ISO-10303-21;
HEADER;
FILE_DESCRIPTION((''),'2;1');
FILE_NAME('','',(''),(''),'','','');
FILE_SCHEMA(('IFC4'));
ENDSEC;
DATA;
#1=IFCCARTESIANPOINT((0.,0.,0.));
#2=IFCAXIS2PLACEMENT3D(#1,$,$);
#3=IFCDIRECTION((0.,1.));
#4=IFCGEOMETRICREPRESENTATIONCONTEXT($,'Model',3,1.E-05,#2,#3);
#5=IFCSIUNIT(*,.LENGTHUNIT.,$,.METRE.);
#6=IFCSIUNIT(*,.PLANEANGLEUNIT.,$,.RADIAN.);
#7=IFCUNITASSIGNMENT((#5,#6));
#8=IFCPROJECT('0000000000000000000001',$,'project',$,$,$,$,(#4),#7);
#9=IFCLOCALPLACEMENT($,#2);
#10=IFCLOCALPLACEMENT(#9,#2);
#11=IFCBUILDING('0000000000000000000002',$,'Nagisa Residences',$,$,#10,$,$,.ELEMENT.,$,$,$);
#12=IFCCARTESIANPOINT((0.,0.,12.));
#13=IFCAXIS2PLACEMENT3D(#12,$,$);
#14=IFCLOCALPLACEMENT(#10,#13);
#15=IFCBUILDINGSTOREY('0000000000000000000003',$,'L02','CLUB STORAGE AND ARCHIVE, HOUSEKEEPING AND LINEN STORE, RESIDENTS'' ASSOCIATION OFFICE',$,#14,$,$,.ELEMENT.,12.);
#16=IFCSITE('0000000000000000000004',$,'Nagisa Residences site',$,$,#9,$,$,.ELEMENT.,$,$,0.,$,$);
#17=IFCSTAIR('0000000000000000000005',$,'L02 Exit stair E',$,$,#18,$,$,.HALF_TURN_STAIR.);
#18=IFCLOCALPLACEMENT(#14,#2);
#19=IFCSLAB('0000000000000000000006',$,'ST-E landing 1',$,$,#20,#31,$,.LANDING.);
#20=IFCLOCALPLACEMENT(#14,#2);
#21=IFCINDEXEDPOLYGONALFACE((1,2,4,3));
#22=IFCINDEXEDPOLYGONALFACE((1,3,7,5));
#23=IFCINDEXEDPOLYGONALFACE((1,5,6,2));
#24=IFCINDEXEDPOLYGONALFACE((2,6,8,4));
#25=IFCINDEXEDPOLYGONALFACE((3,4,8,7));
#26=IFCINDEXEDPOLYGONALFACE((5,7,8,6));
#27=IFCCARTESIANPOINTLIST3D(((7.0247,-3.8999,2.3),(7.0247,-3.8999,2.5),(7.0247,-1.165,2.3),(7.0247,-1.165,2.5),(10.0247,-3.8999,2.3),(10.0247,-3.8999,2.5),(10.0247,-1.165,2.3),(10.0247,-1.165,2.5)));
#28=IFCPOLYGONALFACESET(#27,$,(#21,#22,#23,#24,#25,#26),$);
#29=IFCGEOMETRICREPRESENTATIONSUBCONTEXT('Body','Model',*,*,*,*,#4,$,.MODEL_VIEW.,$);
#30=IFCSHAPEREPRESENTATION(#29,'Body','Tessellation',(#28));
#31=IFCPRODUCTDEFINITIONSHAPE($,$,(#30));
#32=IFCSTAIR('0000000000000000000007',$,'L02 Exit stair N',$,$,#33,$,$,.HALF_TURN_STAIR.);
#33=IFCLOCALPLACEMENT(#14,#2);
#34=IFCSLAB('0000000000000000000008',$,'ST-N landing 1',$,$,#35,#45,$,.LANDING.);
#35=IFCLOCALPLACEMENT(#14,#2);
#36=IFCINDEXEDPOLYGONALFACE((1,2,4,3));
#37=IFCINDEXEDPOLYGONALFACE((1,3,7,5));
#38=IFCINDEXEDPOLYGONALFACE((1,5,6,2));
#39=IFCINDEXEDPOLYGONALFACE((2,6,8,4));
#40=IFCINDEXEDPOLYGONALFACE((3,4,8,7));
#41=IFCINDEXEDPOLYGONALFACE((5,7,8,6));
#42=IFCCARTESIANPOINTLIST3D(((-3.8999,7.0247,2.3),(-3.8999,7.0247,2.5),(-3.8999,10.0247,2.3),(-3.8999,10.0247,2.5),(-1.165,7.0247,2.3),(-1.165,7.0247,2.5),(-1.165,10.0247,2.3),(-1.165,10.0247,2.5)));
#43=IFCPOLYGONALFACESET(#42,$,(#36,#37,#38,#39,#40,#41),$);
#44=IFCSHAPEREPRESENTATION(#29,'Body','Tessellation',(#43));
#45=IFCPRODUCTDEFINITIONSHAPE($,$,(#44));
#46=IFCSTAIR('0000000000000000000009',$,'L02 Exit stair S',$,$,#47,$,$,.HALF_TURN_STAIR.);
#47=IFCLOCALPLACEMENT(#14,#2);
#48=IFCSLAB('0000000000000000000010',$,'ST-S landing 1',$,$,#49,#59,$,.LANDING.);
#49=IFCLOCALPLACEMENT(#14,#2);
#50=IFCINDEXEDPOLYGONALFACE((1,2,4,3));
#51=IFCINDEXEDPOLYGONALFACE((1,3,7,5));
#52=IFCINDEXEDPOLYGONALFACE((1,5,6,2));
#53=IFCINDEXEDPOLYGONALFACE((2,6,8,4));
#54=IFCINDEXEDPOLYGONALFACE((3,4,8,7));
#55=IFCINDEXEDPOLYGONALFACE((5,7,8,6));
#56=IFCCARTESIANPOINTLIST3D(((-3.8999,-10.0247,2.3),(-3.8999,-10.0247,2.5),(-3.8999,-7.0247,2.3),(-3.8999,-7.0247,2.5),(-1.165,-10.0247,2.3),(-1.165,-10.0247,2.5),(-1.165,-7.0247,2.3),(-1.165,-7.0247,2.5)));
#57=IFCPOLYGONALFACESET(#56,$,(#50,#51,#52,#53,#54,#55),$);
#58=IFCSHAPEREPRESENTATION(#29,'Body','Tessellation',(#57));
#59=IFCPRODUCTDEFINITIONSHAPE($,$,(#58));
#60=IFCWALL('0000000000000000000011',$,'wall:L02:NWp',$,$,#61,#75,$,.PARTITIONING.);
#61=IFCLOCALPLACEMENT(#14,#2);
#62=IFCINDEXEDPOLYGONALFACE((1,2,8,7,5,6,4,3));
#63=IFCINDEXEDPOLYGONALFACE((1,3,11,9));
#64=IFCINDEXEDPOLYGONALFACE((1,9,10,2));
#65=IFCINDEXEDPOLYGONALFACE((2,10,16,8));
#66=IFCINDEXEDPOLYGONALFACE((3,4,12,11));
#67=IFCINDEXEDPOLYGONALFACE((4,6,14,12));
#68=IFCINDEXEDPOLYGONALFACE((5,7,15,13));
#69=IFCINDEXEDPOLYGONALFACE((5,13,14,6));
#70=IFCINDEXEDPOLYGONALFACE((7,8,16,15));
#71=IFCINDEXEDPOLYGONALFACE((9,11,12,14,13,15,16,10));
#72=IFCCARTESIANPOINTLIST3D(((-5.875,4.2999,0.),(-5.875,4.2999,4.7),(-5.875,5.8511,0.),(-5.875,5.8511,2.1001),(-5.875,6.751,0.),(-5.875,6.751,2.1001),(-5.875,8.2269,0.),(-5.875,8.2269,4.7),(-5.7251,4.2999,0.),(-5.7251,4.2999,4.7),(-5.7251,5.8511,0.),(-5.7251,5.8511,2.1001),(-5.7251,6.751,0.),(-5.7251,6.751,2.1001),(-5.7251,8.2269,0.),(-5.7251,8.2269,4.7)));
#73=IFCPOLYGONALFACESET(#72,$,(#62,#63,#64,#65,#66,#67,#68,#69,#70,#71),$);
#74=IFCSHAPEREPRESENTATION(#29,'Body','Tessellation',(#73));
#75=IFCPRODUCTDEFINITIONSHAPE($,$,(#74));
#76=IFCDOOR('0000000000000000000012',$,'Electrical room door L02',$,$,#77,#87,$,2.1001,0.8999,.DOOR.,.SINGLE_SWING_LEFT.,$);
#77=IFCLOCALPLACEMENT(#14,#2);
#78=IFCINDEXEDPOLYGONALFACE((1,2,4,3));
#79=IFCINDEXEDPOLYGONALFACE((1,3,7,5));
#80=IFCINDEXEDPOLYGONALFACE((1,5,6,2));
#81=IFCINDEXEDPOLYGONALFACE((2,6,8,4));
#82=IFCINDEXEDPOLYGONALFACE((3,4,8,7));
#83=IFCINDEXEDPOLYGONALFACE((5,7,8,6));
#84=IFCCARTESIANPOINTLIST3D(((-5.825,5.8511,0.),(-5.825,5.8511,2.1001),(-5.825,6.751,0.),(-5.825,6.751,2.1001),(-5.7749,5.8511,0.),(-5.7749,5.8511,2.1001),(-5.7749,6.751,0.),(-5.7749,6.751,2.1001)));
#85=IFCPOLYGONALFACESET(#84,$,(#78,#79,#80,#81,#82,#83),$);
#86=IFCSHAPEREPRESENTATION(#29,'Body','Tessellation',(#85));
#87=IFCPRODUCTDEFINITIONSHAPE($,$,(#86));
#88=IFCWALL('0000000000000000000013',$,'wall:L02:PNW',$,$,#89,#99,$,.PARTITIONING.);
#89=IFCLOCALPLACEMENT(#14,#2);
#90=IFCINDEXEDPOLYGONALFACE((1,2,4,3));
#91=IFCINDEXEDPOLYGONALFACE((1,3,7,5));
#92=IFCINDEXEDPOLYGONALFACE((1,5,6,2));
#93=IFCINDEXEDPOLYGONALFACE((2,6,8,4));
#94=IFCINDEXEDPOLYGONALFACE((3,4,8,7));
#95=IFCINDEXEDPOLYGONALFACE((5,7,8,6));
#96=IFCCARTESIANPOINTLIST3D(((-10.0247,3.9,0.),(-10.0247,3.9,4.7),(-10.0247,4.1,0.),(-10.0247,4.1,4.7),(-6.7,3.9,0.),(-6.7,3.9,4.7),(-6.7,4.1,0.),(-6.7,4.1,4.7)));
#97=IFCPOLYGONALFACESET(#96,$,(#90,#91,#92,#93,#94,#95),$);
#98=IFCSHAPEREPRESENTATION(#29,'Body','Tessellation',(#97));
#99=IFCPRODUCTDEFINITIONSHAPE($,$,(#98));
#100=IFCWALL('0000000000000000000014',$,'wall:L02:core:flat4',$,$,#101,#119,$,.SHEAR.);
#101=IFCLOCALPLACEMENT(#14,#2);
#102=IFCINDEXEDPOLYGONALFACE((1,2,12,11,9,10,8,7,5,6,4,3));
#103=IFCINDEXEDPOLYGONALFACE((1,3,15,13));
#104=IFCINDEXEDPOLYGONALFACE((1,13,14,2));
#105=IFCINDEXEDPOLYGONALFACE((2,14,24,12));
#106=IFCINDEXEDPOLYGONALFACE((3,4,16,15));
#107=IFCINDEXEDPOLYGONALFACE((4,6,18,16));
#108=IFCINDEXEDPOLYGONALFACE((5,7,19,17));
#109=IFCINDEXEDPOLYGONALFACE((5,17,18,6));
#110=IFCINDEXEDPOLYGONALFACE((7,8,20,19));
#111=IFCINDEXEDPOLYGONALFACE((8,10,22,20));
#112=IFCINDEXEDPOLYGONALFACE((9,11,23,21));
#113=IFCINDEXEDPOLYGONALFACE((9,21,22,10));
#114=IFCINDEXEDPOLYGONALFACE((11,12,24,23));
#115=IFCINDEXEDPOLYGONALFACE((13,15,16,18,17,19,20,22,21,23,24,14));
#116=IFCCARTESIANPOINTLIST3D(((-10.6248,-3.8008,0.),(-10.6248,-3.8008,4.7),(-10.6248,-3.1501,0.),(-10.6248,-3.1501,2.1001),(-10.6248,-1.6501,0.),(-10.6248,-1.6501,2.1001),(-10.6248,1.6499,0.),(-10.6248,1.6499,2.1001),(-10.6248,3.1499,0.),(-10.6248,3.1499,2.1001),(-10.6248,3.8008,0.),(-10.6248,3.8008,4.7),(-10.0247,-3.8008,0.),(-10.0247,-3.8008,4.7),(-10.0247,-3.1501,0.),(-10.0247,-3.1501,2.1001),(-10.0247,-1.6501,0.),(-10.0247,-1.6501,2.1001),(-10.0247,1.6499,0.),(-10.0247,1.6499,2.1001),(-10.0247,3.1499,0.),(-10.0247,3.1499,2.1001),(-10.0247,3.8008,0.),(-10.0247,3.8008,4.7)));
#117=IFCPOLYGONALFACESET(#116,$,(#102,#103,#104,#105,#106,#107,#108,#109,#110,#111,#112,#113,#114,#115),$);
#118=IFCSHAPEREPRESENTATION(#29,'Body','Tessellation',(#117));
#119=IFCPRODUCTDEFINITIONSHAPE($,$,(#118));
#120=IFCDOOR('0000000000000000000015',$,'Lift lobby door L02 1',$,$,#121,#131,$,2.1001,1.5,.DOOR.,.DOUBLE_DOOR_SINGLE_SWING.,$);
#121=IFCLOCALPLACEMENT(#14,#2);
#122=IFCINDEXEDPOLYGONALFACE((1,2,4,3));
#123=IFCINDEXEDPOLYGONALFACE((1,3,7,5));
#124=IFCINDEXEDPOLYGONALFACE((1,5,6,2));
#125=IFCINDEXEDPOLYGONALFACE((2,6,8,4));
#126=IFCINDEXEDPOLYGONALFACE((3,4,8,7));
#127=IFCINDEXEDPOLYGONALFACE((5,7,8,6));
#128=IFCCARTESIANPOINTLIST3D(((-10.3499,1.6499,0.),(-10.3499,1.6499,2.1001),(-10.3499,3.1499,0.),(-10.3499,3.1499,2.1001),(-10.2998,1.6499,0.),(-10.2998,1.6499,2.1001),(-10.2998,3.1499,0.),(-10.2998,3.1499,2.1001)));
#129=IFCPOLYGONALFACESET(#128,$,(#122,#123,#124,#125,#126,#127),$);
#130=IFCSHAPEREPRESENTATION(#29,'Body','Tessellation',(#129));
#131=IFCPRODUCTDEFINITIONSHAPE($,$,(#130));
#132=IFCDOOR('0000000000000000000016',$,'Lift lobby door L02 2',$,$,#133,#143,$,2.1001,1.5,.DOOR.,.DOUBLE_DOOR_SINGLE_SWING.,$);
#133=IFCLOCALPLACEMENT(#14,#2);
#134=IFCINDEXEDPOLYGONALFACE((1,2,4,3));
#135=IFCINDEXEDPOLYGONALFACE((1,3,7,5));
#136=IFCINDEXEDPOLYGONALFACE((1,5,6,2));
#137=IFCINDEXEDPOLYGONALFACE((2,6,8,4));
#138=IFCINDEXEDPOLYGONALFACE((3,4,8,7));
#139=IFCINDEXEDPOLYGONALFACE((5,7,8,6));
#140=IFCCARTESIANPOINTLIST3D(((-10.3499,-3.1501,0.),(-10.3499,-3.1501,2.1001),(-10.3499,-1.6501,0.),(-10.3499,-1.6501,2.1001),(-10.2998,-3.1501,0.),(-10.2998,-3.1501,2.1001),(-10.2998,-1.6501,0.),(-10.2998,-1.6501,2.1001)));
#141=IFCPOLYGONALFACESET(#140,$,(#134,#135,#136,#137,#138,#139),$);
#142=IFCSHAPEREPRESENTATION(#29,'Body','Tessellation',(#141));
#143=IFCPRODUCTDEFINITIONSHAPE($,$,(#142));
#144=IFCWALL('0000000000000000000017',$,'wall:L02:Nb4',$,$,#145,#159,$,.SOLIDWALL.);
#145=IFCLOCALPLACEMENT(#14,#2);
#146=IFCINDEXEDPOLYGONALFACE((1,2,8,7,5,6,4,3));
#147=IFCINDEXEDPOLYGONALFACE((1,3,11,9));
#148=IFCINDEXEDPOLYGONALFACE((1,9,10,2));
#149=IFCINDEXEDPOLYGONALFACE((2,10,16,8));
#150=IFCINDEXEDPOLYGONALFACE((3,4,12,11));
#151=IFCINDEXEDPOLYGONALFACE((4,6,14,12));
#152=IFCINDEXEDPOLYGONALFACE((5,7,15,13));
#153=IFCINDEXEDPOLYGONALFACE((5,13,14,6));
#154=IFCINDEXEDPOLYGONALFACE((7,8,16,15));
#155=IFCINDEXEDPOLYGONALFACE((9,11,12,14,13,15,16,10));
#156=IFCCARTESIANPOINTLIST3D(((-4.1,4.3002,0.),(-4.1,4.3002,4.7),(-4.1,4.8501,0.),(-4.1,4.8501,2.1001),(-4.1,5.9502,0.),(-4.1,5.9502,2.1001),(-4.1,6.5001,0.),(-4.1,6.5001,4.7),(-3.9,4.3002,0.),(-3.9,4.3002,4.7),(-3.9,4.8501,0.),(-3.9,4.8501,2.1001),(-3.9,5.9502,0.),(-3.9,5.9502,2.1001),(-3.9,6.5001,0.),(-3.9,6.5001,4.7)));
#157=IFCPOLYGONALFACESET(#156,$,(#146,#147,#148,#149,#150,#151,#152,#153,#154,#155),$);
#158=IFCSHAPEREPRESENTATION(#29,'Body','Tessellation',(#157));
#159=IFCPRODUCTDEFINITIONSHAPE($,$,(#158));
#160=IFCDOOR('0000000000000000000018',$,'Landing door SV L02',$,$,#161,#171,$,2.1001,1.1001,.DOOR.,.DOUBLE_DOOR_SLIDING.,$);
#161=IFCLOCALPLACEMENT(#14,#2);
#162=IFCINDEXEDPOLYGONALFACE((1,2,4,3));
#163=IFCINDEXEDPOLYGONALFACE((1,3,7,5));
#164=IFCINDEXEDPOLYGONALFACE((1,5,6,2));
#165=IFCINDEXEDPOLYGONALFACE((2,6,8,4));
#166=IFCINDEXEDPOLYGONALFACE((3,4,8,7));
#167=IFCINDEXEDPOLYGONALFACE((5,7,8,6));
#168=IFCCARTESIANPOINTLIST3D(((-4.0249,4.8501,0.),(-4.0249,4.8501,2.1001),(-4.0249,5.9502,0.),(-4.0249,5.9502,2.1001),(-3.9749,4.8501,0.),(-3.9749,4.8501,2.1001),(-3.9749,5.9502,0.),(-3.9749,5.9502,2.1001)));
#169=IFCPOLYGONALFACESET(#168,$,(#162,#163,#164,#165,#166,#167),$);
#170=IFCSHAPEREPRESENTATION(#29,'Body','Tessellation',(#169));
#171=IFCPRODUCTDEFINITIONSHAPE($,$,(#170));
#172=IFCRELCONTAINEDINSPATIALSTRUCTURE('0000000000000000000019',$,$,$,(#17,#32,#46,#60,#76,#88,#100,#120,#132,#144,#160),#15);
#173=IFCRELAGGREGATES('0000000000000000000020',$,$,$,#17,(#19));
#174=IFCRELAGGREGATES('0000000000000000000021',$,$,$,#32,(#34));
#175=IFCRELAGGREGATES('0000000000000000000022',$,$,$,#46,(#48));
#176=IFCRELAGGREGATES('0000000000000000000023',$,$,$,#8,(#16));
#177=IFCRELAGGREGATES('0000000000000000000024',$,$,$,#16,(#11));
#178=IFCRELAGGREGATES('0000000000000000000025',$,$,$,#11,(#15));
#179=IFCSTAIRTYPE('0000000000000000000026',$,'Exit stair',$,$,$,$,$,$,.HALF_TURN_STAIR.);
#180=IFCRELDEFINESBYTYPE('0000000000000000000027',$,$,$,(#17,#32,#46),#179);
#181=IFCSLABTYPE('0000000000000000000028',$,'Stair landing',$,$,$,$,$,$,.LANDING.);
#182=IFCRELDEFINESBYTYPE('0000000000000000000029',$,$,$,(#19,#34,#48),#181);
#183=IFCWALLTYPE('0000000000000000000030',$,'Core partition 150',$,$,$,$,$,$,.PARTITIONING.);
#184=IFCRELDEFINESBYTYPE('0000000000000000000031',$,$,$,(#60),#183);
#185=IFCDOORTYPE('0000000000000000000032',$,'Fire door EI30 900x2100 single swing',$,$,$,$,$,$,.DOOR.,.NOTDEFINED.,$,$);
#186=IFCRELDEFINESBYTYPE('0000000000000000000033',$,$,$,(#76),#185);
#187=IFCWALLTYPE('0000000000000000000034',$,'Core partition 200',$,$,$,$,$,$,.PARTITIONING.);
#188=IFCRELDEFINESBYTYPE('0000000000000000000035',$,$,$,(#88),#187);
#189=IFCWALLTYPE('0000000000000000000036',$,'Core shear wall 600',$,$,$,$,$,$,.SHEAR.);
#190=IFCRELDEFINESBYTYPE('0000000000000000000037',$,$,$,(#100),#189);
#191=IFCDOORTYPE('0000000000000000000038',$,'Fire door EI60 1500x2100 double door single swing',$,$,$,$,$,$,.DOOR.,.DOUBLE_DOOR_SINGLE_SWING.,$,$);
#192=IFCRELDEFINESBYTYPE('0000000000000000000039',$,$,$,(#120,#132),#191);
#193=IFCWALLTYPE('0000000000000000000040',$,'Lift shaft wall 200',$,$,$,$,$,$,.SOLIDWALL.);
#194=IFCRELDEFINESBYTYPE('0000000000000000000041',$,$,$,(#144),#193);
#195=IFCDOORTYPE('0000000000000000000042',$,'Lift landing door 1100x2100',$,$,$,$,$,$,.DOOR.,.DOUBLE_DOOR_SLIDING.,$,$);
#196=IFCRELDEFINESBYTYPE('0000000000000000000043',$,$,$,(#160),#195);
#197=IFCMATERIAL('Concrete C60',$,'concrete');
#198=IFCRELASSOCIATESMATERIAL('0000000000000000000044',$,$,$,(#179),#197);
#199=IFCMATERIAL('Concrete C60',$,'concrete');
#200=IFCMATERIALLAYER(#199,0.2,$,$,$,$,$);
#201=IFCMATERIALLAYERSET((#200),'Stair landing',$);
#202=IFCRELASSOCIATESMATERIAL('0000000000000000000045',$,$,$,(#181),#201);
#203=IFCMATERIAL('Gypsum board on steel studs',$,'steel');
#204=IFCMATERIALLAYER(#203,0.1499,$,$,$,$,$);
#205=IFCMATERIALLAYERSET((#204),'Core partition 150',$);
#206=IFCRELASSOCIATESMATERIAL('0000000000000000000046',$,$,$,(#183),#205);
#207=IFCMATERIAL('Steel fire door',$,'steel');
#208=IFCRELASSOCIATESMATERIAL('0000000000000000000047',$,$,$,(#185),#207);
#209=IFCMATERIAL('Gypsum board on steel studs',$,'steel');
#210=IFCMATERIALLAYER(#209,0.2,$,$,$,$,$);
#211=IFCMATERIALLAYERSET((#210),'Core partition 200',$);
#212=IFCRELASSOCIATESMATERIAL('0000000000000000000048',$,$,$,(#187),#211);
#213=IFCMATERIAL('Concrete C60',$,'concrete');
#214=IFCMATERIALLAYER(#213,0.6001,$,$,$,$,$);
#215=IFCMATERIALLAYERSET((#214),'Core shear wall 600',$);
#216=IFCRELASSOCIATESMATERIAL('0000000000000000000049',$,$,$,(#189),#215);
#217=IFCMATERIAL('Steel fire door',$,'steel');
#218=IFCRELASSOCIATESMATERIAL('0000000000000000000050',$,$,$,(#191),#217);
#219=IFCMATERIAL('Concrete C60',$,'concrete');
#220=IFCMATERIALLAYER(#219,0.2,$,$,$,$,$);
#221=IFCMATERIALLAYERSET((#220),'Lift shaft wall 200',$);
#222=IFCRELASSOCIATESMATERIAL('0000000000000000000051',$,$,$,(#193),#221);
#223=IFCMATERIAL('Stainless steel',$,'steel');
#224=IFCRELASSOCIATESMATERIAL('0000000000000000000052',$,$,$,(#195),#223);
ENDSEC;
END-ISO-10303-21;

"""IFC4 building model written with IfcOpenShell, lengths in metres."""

from ifc_helpers import new_model, si_unit, direction, frame, frame_2d, origin, place, context, subcontext, project, spatial, polyline, rectangle, outline, extrude, material, layer, layer_set, type_object, element, fill, aggregate, save


model = new_model("IFC4")

# Units and contexts
model_context = context("Model", 3, precision=1e-05, world=origin(), true_north=direction((0.0, 1.0)))
body_context = subcontext(model_context, "Body", "Model", "MODEL_VIEW")
ifc_project = project(units=[si_unit("LENGTHUNIT", "METRE"), si_unit("PLANEANGLEUNIT", "RADIAN")], contexts=[model_context])

# Site, building, storey
site_placement = place(None, origin())
site = spatial("IfcSite", under=ifc_project, at=site_placement, Name="Nagisa Residences site", CompositionType="ELEMENT", RefElevation=0.0)
building_placement = place(site_placement, origin())
building = spatial("IfcBuilding", under=site, at=building_placement, Name="Nagisa Residences", CompositionType="ELEMENT")
storey_placement = place(building_placement, frame((0.0, 0.0, 12.0)))
storey = spatial("IfcBuildingStorey", under=building, at=storey_placement, Name="L02", Description="CLUB STORAGE AND ARCHIVE, HOUSEKEEPING AND LINEN STORE, RESIDENTS' ASSOCIATION OFFICE", CompositionType="ELEMENT", Elevation=12.0)

# Stairs, slabs
ifc_material_1 = material(Name="Concrete C60", Category="concrete")
stair_type = type_object("IfcStairType", Name="Exit stair", PredefinedType="HALF_TURN_STAIR", material=ifc_material_1)
stair_1_placement = place(storey_placement, origin())
stair_1 = element("IfcStair", 1, at=stair_1_placement, inside=storey, type_object=stair_type, Name="L02 Exit stair E", PredefinedType="HALF_TURN_STAIR")
ifc_material_2 = material(Name="Concrete C60", Category="concrete")
ifc_layer_1 = layer(ifc_material_2, 0.2)
ifc_layer_set_1 = layer_set([ifc_layer_1], Name="Stair landing")
slab_type = type_object("IfcSlabType", Name="Stair landing", PredefinedType="LANDING", material=ifc_layer_set_1)
slab_1_placement = place(storey_placement, frame((0.0, 0.0, 2.3)))
slab_1 = element("IfcSlab", 2, at=slab_1_placement, type_object=slab_type, Name="ST-E landing 1", PredefinedType="LANDING", context=body_context, shape_type="SweptSolid", body=[
    extrude(outline(polyline([(7.0247, -1.165), (7.0247, -3.8999), (10.0247, -3.8999), (10.0247, -1.165), (7.0247, -1.165)])), origin(), (0.0, 0.0, 1.0), 0.2),
])
aggregate(stair_1, [slab_1])
stair_2_placement = place(storey_placement, origin())
stair_2 = element("IfcStair", 3, at=stair_2_placement, inside=storey, type_object=stair_type, Name="L02 Exit stair N", PredefinedType="HALF_TURN_STAIR")
slab_2_placement = place(storey_placement, frame((0.0, 0.0, 2.3)))
slab_2 = element("IfcSlab", 4, at=slab_2_placement, type_object=slab_type, Name="ST-N landing 1", PredefinedType="LANDING", context=body_context, shape_type="SweptSolid", body=[
    extrude(outline(polyline([(-1.165, 10.0247), (-3.8999, 10.0247), (-3.8999, 7.0247), (-1.165, 7.0247), (-1.165, 10.0247)])), origin(), (0.0, 0.0, 1.0), 0.2),
])
aggregate(stair_2, [slab_2])
stair_3_placement = place(storey_placement, origin())
stair_3 = element("IfcStair", 5, at=stair_3_placement, inside=storey, type_object=stair_type, Name="L02 Exit stair S", PredefinedType="HALF_TURN_STAIR")
slab_3_placement = place(storey_placement, frame((0.0, 0.0, 2.3)))
slab_3 = element("IfcSlab", 6, at=slab_3_placement, type_object=slab_type, Name="ST-S landing 1", PredefinedType="LANDING", context=body_context, shape_type="SweptSolid", body=[
    extrude(outline(polyline([(-1.165, -7.0247), (-3.8999, -7.0247), (-3.8999, -10.0247), (-1.165, -10.0247), (-1.165, -7.0247)])), origin(), (0.0, 0.0, 1.0), 0.2),
])
aggregate(stair_3, [slab_3])

# Wall, opening, door
ifc_material_3 = material(Name="Gypsum board on steel studs", Category="steel")
ifc_layer_2 = layer(ifc_material_3, 0.1499)
ifc_layer_set_2 = layer_set([ifc_layer_2], Name="Core partition 150")
wall_type_1 = type_object("IfcWallType", Name="Core partition 150", PredefinedType="PARTITIONING", material=ifc_layer_set_2)
wall_1_placement = place(storey_placement, frame((-5.8, 4.3, 0.0), z_axis=(0.0, 0.0, 1.0), x_axis=(0.0, 1.0, 0.0)))
wall_1 = element("IfcWall", 7, at=wall_1_placement, inside=storey, type_object=wall_type_1, Name="wall:L02:NWp", PredefinedType="PARTITIONING", context=body_context, shape_type="SweptSolid", body=[
    extrude(rectangle(XDim=3.927, YDim=0.1499, at=frame_2d((1.9634, 0.0))), origin(), (0.0, 0.0, 1.0), 4.7),
])
opening_1_placement = place(wall_1_placement, frame((1.551, 0.0, 0.0)))
opening_1 = element("IfcOpeningElement", 8, at=opening_1_placement, cuts=wall_1, PredefinedType="OPENING", context=body_context, shape_type="SweptSolid", body=[
    extrude(rectangle(XDim=0.8999, YDim=2.1001, at=frame_2d((0.45, 1.05))), frame((0.0, 0.085, 0.0), z_axis=(0.0, -1.0, 0.0), x_axis=(1.0, 0.0, 0.0)), (0.0, 0.0, 1.0), 0.1699),
])
ifc_material_4 = material(Name="Steel fire door", Category="steel")
door_type_1 = type_object("IfcDoorType", Name="Fire door EI30 900x2100 single swing", OperationType="NOTDEFINED", PredefinedType="DOOR", material=ifc_material_4)
door_1_placement = place(opening_1_placement, origin())
door_1 = element("IfcDoor", 9, at=door_1_placement, inside=storey, type_object=door_type_1, Name="Electrical room door L02", OperationType="SINGLE_SWING_LEFT", OverallHeight=2.1001, OverallWidth=0.8999, PredefinedType="DOOR", context=body_context, shape_type="SweptSolid", body=[
    extrude(rectangle(XDim=0.8999, YDim=2.1001, at=frame_2d((0.45, 1.05))), frame((0.0, 0.0249, 0.0), z_axis=(0.0, -1.0, 0.0), x_axis=(1.0, 0.0, 0.0)), (0.0, 0.0, 1.0), 0.05),
])
fill(opening_1, door_1)

# Wall
ifc_material_5 = material(Name="Gypsum board on steel studs", Category="steel")
ifc_layer_3 = layer(ifc_material_5, 0.2)
ifc_layer_set_3 = layer_set([ifc_layer_3], Name="Core partition 200")
wall_type_2 = type_object("IfcWallType", Name="Core partition 200", PredefinedType="PARTITIONING", material=ifc_layer_set_3)
wall_2_placement = place(storey_placement, frame((-10.0247, 4.0, 0.0), z_axis=(0.0, 0.0, 1.0), x_axis=(1.0, 0.0, 0.0)))
element("IfcWall", 10, at=wall_2_placement, inside=storey, type_object=wall_type_2, Name="wall:L02:PNW", PredefinedType="PARTITIONING", context=body_context, shape_type="SweptSolid", body=[
    extrude(rectangle(XDim=3.3247, YDim=0.2, at=frame_2d((1.6624, 0.0))), origin(), (0.0, 0.0, 1.0), 4.7),
])

# Wall, openings, doors
ifc_material_6 = material(Name="Concrete C60", Category="concrete")
ifc_layer_4 = layer(ifc_material_6, 0.6001)
ifc_layer_set_4 = layer_set([ifc_layer_4], Name="Core shear wall 600")
wall_type_3 = type_object("IfcWallType", Name="Core shear wall 600", PredefinedType="SHEAR", material=ifc_layer_set_4)
wall_3_placement = place(storey_placement, frame((-10.3247, 3.8008, 0.0), z_axis=(0.0, 0.0, 1.0), x_axis=(0.0, -1.0, 0.0)))
wall_3 = element("IfcWall", 11, at=wall_3_placement, inside=storey, type_object=wall_type_3, Name="wall:L02:core:flat4", PredefinedType="SHEAR", context=body_context, shape_type="SweptSolid", body=[
    extrude(rectangle(XDim=7.6016, YDim=0.6001, at=frame_2d((3.8008, 0.0))), origin(), (0.0, 0.0, 1.0), 4.7),
])
opening_2_placement = place(wall_3_placement, frame((0.6509, 0.0, 0.0)))
opening_2 = element("IfcOpeningElement", 12, at=opening_2_placement, cuts=wall_3, PredefinedType="OPENING", context=body_context, shape_type="SweptSolid", body=[
    extrude(rectangle(XDim=1.5, YDim=2.1001, at=frame_2d((0.75, 1.05))), frame((0.0, 0.3101, 0.0), z_axis=(0.0, -1.0, 0.0), x_axis=(1.0, 0.0, 0.0)), (0.0, 0.0, 1.0), 0.6201),
])
opening_3_placement = place(wall_3_placement, frame((5.4509, 0.0, 0.0)))
opening_3 = element("IfcOpeningElement", 13, at=opening_3_placement, cuts=wall_3, PredefinedType="OPENING", context=body_context, shape_type="SweptSolid", body=[
    extrude(rectangle(XDim=1.5, YDim=2.1001, at=frame_2d((0.75, 1.05))), frame((0.0, 0.3101, 0.0), z_axis=(0.0, -1.0, 0.0), x_axis=(1.0, 0.0, 0.0)), (0.0, 0.0, 1.0), 0.6201),
])
ifc_material_7 = material(Name="Steel fire door", Category="steel")
door_type_2 = type_object("IfcDoorType", Name="Fire door EI60 1500x2100 double door single swing", OperationType="DOUBLE_DOOR_SINGLE_SWING", PredefinedType="DOOR", material=ifc_material_7)
door_2_placement = place(opening_2_placement, origin())
door_2 = element("IfcDoor", 14, at=door_2_placement, inside=storey, type_object=door_type_2, Name="Lift lobby door L02 1", OperationType="DOUBLE_DOOR_SINGLE_SWING", OverallHeight=2.1001, OverallWidth=1.5, PredefinedType="DOOR", context=body_context, shape_type="SweptSolid", body=[
    extrude(rectangle(XDim=1.5, YDim=2.1001, at=frame_2d((0.75, 1.05))), frame((0.0, 0.0249, 0.0), z_axis=(0.0, -1.0, 0.0), x_axis=(1.0, 0.0, 0.0)), (0.0, 0.0, 1.0), 0.05),
])
fill(opening_2, door_2)
door_3_placement = place(opening_3_placement, origin())
door_3 = element("IfcDoor", 15, at=door_3_placement, inside=storey, type_object=door_type_2, Name="Lift lobby door L02 2", OperationType="DOUBLE_DOOR_SINGLE_SWING", OverallHeight=2.1001, OverallWidth=1.5, PredefinedType="DOOR", context=body_context, shape_type="SweptSolid", body=[
    extrude(rectangle(XDim=1.5, YDim=2.1001, at=frame_2d((0.75, 1.05))), frame((0.0, 0.0249, 0.0), z_axis=(0.0, -1.0, 0.0), x_axis=(1.0, 0.0, 0.0)), (0.0, 0.0, 1.0), 0.05),
])
fill(opening_3, door_3)

# Wall, opening, door
ifc_material_8 = material(Name="Concrete C60", Category="concrete")
ifc_layer_5 = layer(ifc_material_8, 0.2)
ifc_layer_set_5 = layer_set([ifc_layer_5], Name="Lift shaft wall 200")
wall_type_4 = type_object("IfcWallType", Name="Lift shaft wall 200", PredefinedType="SOLIDWALL", material=ifc_layer_set_5)
wall_4_placement = place(storey_placement, frame((-4.0, 4.3, 0.0), z_axis=(0.0, 0.0, 1.0), x_axis=(0.0, 1.0, 0.0)))
wall_4 = element("IfcWall", 16, at=wall_4_placement, inside=storey, type_object=wall_type_4, Name="wall:L02:Nb4", PredefinedType="SOLIDWALL", context=body_context, shape_type="SweptSolid", body=[
    extrude(rectangle(XDim=2.2, YDim=0.2, at=frame_2d((1.1001, 0.0))), origin(), (0.0, 0.0, 1.0), 4.7),
])
opening_4_placement = place(wall_4_placement, frame((0.55, 0.0, 0.0)))
opening_4 = element("IfcOpeningElement", 17, at=opening_4_placement, cuts=wall_4, PredefinedType="OPENING", context=body_context, shape_type="SweptSolid", body=[
    extrude(rectangle(XDim=1.1001, YDim=2.1001, at=frame_2d((0.55, 1.05))), frame((0.0, 0.1099, 0.0), z_axis=(0.0, -1.0, 0.0), x_axis=(1.0, 0.0, 0.0)), (0.0, 0.0, 1.0), 0.22),
])
ifc_material_9 = material(Name="Stainless steel", Category="steel")
door_type_3 = type_object("IfcDoorType", Name="Lift landing door 1100x2100", OperationType="DOUBLE_DOOR_SLIDING", PredefinedType="DOOR", material=ifc_material_9)
door_4_placement = place(opening_4_placement, origin())
door_4 = element("IfcDoor", 18, at=door_4_placement, inside=storey, type_object=door_type_3, Name="Landing door SV L02", OperationType="DOUBLE_DOOR_SLIDING", OverallHeight=2.1001, OverallWidth=1.1001, PredefinedType="DOOR", context=body_context, shape_type="SweptSolid", body=[
    extrude(rectangle(XDim=1.1001, YDim=2.1001, at=frame_2d((0.55, 1.05))), frame((0.0, 0.0249, 0.0), z_axis=(0.0, -1.0, 0.0), x_axis=(1.0, 0.0, 0.0)), (0.0, 0.0, 1.0), 0.05),
])
fill(opening_4, door_4)

save(model, "model.ifc")
